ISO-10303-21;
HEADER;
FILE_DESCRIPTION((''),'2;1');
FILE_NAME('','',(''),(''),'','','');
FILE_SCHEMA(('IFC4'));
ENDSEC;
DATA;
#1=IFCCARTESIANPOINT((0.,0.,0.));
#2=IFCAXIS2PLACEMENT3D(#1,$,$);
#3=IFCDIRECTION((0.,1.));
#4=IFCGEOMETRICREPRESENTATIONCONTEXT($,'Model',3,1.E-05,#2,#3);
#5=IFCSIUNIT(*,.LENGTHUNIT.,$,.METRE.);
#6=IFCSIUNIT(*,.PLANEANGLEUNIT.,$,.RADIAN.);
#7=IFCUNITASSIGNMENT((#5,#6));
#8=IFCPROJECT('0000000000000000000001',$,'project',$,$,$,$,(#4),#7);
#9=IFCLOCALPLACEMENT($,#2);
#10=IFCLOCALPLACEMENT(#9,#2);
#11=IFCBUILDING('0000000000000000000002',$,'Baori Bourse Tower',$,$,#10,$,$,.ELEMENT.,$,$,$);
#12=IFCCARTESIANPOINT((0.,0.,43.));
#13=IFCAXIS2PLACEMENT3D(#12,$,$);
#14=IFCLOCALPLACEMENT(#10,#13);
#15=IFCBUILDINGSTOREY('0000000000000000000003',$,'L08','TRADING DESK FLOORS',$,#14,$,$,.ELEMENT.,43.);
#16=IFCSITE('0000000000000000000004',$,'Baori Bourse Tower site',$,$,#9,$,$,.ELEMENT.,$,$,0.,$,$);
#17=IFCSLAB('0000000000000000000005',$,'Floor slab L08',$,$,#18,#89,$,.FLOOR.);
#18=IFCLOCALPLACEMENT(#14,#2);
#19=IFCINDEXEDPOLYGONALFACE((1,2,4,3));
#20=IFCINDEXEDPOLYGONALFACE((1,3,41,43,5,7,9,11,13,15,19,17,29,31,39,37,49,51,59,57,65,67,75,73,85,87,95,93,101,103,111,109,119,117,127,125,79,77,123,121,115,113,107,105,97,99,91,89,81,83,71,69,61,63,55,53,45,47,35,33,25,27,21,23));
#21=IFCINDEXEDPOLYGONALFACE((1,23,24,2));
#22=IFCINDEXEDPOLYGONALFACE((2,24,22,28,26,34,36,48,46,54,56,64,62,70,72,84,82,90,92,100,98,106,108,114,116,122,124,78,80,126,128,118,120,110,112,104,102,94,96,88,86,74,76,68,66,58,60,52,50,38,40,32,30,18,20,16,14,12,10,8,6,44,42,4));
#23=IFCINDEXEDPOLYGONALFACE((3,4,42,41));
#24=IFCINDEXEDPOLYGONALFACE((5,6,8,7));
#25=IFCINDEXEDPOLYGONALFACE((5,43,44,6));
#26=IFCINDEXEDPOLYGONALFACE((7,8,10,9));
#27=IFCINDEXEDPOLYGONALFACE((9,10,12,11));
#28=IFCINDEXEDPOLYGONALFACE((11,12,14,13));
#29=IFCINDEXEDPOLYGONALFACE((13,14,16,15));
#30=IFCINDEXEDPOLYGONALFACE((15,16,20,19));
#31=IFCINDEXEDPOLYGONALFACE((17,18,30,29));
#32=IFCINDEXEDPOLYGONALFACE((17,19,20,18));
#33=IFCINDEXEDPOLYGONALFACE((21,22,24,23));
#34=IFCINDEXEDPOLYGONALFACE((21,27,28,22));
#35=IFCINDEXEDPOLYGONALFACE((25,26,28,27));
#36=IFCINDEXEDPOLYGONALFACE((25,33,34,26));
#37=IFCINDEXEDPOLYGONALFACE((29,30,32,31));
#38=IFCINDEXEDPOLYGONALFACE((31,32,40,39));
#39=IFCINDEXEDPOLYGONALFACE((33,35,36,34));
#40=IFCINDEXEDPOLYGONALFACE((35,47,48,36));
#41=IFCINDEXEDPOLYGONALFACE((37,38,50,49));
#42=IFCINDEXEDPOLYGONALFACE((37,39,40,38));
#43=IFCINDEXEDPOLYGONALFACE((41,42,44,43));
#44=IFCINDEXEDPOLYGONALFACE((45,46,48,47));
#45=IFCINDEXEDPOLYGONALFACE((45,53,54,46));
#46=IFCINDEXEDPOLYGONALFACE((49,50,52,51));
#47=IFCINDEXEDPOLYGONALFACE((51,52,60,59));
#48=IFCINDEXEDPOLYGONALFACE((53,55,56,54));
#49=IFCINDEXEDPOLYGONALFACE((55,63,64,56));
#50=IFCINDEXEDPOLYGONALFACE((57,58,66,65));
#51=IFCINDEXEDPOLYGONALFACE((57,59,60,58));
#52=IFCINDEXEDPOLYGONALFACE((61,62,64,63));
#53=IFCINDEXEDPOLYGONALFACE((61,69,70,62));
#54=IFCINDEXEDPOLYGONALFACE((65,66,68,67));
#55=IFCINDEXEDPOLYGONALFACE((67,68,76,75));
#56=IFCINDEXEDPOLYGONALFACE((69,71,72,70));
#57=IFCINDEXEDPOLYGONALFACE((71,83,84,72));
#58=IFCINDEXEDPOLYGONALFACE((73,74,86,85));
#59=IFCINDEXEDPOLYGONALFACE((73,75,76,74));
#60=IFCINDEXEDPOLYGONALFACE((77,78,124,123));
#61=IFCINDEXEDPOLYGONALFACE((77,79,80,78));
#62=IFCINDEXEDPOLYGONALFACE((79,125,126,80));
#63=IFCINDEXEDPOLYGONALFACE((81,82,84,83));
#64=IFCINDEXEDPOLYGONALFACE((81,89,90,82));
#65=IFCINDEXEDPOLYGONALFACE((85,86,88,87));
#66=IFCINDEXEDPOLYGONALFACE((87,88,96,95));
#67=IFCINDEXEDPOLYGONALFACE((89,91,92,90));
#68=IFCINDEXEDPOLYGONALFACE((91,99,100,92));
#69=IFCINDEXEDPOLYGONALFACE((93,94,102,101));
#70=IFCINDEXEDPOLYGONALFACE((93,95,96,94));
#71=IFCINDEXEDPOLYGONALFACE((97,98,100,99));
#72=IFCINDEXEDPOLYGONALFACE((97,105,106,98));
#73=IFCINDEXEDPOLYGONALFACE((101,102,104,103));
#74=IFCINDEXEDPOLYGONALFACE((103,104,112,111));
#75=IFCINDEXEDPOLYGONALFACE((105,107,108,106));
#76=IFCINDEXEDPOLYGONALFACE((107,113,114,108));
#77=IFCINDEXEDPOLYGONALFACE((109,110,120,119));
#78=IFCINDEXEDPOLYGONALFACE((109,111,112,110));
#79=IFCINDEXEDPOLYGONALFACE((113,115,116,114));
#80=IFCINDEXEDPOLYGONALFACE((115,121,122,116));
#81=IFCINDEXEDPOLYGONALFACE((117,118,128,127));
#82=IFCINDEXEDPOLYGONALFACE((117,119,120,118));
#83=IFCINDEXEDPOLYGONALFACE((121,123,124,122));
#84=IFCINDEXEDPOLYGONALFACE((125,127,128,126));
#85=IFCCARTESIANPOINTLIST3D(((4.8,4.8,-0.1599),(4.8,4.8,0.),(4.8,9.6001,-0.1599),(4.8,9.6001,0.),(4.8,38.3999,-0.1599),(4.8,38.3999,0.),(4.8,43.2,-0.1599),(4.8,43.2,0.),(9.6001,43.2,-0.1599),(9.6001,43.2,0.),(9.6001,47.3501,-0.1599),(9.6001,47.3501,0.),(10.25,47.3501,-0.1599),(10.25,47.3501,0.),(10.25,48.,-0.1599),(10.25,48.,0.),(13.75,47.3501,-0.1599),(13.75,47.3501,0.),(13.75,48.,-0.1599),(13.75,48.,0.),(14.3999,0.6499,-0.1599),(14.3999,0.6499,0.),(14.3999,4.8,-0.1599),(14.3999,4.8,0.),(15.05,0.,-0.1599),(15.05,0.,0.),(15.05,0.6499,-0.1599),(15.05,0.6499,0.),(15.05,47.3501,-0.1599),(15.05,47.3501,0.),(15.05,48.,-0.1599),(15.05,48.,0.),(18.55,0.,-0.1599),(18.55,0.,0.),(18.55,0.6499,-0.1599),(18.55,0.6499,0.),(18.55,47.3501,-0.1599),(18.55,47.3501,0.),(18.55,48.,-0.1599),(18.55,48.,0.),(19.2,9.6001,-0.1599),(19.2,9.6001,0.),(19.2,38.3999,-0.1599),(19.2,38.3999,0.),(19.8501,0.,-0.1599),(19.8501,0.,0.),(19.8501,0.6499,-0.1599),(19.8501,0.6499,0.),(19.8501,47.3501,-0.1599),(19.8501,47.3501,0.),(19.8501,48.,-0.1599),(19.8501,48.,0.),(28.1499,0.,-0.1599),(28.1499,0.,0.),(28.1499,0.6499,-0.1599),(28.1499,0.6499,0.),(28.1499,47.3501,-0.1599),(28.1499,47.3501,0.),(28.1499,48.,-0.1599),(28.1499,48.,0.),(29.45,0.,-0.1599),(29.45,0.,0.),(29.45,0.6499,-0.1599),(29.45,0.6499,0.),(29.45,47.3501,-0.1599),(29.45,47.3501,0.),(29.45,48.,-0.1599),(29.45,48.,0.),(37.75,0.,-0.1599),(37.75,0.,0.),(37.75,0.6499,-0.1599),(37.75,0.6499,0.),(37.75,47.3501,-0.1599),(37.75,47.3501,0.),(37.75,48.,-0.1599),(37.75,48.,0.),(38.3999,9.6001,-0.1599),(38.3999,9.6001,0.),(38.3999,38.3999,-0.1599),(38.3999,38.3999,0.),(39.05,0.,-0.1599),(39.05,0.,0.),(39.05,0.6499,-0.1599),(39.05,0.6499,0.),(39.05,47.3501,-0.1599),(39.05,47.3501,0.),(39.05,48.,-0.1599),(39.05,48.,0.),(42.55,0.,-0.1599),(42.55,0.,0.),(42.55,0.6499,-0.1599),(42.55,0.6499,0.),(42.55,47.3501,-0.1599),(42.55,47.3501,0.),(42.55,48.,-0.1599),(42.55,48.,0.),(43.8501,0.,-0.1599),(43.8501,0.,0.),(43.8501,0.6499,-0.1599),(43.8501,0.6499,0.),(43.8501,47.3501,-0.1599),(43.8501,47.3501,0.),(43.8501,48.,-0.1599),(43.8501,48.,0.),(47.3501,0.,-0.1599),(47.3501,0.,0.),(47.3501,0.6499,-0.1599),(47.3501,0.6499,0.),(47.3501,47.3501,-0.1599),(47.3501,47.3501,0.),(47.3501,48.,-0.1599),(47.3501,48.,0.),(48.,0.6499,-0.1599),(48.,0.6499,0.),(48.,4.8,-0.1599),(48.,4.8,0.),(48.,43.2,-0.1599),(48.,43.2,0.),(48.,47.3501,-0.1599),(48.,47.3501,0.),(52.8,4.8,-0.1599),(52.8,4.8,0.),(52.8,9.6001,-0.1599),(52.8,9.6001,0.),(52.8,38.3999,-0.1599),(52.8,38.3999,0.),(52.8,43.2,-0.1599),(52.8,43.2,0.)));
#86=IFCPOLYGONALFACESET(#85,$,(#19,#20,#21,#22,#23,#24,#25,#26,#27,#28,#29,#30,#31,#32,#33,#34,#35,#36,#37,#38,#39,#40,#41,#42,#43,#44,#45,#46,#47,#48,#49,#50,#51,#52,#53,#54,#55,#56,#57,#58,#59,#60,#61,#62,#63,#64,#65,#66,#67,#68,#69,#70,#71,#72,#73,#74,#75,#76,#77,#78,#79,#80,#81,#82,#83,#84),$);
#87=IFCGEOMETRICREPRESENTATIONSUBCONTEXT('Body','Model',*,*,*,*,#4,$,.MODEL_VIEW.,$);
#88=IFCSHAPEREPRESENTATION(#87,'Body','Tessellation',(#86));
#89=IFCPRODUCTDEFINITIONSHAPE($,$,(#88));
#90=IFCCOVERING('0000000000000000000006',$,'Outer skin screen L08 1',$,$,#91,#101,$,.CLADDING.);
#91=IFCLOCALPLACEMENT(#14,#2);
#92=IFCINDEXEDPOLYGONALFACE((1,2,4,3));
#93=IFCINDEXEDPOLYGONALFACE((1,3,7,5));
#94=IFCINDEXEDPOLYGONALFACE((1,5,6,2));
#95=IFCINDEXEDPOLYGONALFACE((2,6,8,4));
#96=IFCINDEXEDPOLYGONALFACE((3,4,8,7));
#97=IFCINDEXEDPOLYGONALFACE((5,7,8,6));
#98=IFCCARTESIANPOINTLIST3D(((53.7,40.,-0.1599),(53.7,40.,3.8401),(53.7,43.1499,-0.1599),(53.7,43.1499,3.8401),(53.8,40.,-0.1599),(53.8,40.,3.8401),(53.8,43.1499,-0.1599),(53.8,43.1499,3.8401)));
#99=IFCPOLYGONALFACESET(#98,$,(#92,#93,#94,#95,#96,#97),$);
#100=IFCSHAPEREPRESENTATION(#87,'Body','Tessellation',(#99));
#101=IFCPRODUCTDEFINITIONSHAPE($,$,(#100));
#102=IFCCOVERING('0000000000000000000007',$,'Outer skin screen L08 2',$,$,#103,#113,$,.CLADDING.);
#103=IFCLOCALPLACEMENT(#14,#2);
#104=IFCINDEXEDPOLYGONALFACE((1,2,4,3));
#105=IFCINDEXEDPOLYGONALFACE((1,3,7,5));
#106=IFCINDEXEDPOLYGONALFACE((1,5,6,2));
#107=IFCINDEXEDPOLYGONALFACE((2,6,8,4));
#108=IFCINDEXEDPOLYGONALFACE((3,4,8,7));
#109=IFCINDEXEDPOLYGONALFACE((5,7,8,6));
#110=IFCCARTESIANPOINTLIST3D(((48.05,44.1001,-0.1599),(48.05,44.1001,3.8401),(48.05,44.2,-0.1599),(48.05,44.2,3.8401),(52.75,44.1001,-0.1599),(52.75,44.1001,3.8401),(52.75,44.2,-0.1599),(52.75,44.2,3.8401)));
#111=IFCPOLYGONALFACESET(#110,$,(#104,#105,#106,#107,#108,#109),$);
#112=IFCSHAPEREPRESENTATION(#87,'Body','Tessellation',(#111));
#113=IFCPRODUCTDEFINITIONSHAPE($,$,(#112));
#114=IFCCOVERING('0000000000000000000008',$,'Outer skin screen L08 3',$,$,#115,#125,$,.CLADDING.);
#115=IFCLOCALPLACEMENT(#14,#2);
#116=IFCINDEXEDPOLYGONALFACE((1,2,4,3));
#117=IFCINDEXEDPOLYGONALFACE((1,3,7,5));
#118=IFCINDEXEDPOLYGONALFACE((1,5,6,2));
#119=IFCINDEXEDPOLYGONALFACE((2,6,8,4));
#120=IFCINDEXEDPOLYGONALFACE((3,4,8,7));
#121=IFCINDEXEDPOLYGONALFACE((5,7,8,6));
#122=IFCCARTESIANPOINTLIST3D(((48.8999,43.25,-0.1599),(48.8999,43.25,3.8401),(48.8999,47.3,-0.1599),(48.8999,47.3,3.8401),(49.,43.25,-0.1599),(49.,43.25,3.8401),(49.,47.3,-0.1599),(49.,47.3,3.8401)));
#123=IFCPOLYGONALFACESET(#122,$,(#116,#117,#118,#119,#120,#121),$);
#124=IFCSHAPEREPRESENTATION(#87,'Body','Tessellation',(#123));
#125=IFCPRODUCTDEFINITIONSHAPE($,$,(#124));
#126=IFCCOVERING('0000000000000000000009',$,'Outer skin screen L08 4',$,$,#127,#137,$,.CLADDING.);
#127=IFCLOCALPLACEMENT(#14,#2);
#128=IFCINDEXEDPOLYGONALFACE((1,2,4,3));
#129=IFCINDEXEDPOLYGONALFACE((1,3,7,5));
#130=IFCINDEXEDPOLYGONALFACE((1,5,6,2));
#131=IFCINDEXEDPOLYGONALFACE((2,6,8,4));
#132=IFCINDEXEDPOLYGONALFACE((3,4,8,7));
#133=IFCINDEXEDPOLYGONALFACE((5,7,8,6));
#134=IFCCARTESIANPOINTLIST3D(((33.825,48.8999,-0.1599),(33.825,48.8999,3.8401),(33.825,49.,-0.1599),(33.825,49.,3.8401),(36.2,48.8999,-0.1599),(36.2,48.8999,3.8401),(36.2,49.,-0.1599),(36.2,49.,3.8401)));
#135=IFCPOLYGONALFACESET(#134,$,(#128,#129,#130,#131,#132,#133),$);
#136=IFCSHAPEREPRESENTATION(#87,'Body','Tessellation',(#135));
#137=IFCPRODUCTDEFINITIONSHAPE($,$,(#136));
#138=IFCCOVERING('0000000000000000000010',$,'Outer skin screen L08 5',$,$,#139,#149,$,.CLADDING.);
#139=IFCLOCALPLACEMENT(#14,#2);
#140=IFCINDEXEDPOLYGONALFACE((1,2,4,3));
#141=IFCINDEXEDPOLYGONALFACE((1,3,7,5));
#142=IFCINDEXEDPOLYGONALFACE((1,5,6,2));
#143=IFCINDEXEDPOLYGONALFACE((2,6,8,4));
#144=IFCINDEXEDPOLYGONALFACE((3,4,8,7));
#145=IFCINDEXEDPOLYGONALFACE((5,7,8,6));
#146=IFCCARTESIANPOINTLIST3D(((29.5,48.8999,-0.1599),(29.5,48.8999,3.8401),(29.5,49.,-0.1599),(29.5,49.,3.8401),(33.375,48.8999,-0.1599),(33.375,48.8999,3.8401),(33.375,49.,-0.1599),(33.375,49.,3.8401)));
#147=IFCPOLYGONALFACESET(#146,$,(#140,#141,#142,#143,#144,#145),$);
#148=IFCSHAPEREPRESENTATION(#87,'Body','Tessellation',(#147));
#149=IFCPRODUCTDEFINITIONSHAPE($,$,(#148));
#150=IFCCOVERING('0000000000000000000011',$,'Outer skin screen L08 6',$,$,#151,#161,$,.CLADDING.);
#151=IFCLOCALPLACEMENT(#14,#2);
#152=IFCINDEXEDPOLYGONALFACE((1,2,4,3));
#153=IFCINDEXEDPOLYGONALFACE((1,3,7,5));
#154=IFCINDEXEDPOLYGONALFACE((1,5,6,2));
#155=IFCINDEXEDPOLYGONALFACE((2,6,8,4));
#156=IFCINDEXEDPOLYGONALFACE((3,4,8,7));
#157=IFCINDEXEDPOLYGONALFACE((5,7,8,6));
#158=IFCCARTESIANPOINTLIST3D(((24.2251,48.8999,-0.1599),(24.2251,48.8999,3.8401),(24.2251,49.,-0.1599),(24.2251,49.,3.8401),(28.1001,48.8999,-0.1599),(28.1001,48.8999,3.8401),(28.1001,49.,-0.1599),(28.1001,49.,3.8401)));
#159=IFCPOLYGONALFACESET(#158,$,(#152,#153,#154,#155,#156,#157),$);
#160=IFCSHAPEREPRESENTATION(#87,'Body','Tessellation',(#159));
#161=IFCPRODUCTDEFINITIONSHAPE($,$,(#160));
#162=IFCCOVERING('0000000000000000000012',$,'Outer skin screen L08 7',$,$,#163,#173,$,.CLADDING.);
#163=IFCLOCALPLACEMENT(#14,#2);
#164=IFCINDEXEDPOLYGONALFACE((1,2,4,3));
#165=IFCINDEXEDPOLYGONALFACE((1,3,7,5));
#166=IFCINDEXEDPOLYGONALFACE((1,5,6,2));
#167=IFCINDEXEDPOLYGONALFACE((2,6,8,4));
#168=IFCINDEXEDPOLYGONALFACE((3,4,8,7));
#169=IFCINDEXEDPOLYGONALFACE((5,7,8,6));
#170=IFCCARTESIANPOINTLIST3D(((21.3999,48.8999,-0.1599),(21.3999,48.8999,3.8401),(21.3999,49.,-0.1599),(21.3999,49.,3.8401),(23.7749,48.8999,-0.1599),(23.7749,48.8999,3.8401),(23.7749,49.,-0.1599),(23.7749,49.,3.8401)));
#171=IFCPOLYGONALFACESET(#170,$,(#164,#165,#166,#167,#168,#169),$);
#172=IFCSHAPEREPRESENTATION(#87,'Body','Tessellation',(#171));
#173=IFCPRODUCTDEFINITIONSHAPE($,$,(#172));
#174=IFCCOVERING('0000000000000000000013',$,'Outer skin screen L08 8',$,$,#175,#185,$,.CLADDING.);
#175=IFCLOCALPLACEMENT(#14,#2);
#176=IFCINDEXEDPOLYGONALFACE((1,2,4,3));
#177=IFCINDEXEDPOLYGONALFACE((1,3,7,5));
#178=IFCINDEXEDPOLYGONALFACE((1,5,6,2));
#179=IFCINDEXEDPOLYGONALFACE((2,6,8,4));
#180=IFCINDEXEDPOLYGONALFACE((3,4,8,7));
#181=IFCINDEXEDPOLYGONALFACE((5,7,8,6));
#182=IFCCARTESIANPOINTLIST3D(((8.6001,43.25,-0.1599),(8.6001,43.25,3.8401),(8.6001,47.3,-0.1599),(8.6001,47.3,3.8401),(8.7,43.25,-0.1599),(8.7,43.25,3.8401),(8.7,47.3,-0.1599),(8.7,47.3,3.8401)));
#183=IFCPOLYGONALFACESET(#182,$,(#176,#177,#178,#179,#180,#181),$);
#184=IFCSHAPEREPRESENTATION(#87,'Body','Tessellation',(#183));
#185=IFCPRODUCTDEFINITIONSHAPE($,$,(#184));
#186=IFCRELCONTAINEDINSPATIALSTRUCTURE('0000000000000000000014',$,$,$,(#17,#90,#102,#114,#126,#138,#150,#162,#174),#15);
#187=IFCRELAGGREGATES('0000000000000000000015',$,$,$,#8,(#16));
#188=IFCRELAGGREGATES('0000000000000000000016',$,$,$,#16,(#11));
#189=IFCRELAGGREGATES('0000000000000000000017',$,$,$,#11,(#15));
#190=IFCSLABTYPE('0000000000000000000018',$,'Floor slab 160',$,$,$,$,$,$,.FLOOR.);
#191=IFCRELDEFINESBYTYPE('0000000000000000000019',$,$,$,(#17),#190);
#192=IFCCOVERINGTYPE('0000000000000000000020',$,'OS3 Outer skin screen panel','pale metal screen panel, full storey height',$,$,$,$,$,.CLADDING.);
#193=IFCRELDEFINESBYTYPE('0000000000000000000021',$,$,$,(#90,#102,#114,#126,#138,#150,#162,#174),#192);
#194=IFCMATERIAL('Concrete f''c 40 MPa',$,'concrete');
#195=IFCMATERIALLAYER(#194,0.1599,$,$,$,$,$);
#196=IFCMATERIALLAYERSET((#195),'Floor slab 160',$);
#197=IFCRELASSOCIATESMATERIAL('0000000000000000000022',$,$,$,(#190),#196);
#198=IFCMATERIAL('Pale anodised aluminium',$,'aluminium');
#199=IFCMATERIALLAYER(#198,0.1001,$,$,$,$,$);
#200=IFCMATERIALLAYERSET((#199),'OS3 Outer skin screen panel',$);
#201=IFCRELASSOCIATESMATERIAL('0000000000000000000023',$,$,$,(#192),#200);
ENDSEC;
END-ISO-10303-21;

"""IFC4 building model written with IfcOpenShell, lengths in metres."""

from ifc_helpers import new_model, si_unit, direction, frame, origin, place, context, subcontext, project, spatial, polyline, outline, extrude, material, layer, layer_set, type_object, element, save


model = new_model("IFC4")

# Units and contexts
model_context = context("Model", 3, precision=1e-05, world=origin(), true_north=direction((0.0, 1.0)))
body_context = subcontext(model_context, "Body", "Model", "MODEL_VIEW")
ifc_project = project(units=[si_unit("LENGTHUNIT", "METRE"), si_unit("PLANEANGLEUNIT", "RADIAN")], contexts=[model_context])

# Site, building, storey
site_placement = place(None, origin())
site = spatial("IfcSite", under=ifc_project, at=site_placement, Name="Baori Bourse Tower site", CompositionType="ELEMENT", RefElevation=0.0)
building_placement = place(site_placement, origin())
building = spatial("IfcBuilding", under=site, at=building_placement, Name="Baori Bourse Tower", CompositionType="ELEMENT")
storey_placement = place(building_placement, frame((0.0, 0.0, 43.0)))
storey = spatial("IfcBuildingStorey", under=building, at=storey_placement, Name="L08", Description="TRADING DESK FLOORS", CompositionType="ELEMENT", Elevation=43.0)

# Slab
ifc_material_1 = material(Name="Concrete f'c 40 MPa", Category="concrete")
ifc_layer_1 = layer(ifc_material_1, 0.1599)
ifc_layer_set_1 = layer_set([ifc_layer_1], Name="Floor slab 160")
slab_type_1 = type_object("IfcSlabType", Name="Floor slab 160", PredefinedType="FLOOR", material=ifc_layer_set_1)
slab_1_placement = place(storey_placement, frame((0.0, 0.0, -0.1599)))
element("IfcSlab", 1, at=slab_1_placement, inside=storey, type_object=slab_type_1, Name="Floor slab L08", PredefinedType="FLOOR", context=body_context, shape_type="SweptSolid", body=[
    extrude(outline(polyline([(14.3999, 4.8), (4.8, 4.8), (4.8, 9.6001), (19.2, 9.6001), (19.2, 38.3999), (4.8, 38.3999), (4.8, 43.2), (9.6001, 43.2), (9.6001, 47.3501), (10.25, 47.3501), (10.25, 48.0), (13.75, 48.0), (13.75, 47.3501), (15.05, 47.3501), (15.05, 48.0), (18.55, 48.0), (18.55, 47.3501), (19.8501, 47.3501), (19.8501, 48.0), (28.1499, 48.0), (28.1499, 47.3501), (29.45, 47.3501), (29.45, 48.0), (37.75, 48.0), (37.75, 47.3501), (39.05, 47.3501), (39.05, 48.0), (42.55, 48.0), (42.55, 47.3501), (43.8501, 47.3501), (43.8501, 48.0), (47.3501, 48.0), (47.3501, 47.3501), (48.0, 47.3501), (48.0, 43.2), (52.8, 43.2), (52.8, 38.3999), (38.3999, 38.3999), (38.3999, 9.6001), (52.8, 9.6001), (52.8, 4.8), (48.0, 4.8), (48.0, 0.6499), (47.3501, 0.6499), (47.3501, 0.0), (43.8501, 0.0), (43.8501, 0.6499), (42.55, 0.6499), (42.55, 0.0), (39.05, 0.0), (39.05, 0.6499), (37.75, 0.6499), (37.75, 0.0), (29.45, 0.0), (29.45, 0.6499), (28.1499, 0.6499), (28.1499, 0.0), (19.8501, 0.0), (19.8501, 0.6499), (18.55, 0.6499), (18.55, 0.0), (15.05, 0.0), (15.05, 0.6499), (14.3999, 0.6499), (14.3999, 4.8)])), origin(), (0.0, 0.0, 1.0), 0.1599),
])

# Coverings
ifc_material_2 = material(Name="Pale anodised aluminium", Category="aluminium")
ifc_layer_2 = layer(ifc_material_2, 0.1001)
ifc_layer_set_2 = layer_set([ifc_layer_2], Name="OS3 Outer skin screen panel")
covering_type = type_object("IfcCoveringType", Name="OS3 Outer skin screen panel", Description="pale metal screen panel, full storey height", PredefinedType="CLADDING", material=ifc_layer_set_2)
covering_1_placement = place(storey_placement, frame((0.0, 0.0, -0.1599)))
element("IfcCovering", 2, at=covering_1_placement, inside=storey, type_object=covering_type, Name="Outer skin screen L08 1", PredefinedType="CLADDING", context=body_context, shape_type="SweptSolid", body=[
    extrude(outline(polyline([(53.7, 43.1499), (53.7, 40.0), (53.8, 40.0), (53.8, 43.1499), (53.7, 43.1499)])), origin(), (0.0, 0.0, 1.0), 4.0),
])
covering_2_placement = place(storey_placement, frame((0.0, 0.0, -0.1599)))
element("IfcCovering", 3, at=covering_2_placement, inside=storey, type_object=covering_type, Name="Outer skin screen L08 2", PredefinedType="CLADDING", context=body_context, shape_type="SweptSolid", body=[
    extrude(outline(polyline([(48.05, 44.1001), (52.75, 44.1001), (52.75, 44.2), (48.05, 44.2), (48.05, 44.1001)])), origin(), (0.0, 0.0, 1.0), 4.0),
])
covering_3_placement = place(storey_placement, frame((0.0, 0.0, -0.1599)))
element("IfcCovering", 4, at=covering_3_placement, inside=storey, type_object=covering_type, Name="Outer skin screen L08 3", PredefinedType="CLADDING", context=body_context, shape_type="SweptSolid", body=[
    extrude(outline(polyline([(48.8999, 47.3), (48.8999, 43.25), (49.0, 43.25), (49.0, 47.3), (48.8999, 47.3)])), origin(), (0.0, 0.0, 1.0), 4.0),
])
covering_4_placement = place(storey_placement, frame((0.0, 0.0, -0.1599)))
element("IfcCovering", 5, at=covering_4_placement, inside=storey, type_object=covering_type, Name="Outer skin screen L08 4", PredefinedType="CLADDING", context=body_context, shape_type="SweptSolid", body=[
    extrude(outline(polyline([(33.825, 48.8999), (36.2, 48.8999), (36.2, 49.0), (33.825, 49.0), (33.825, 48.8999)])), origin(), (0.0, 0.0, 1.0), 4.0),
])
covering_5_placement = place(storey_placement, frame((0.0, 0.0, -0.1599)))
element("IfcCovering", 6, at=covering_5_placement, inside=storey, type_object=covering_type, Name="Outer skin screen L08 5", PredefinedType="CLADDING", context=body_context, shape_type="SweptSolid", body=[
    extrude(outline(polyline([(29.5, 48.8999), (33.375, 48.8999), (33.375, 49.0), (29.5, 49.0), (29.5, 48.8999)])), origin(), (0.0, 0.0, 1.0), 4.0),
])
covering_6_placement = place(storey_placement, frame((0.0, 0.0, -0.1599)))
element("IfcCovering", 7, at=covering_6_placement, inside=storey, type_object=covering_type, Name="Outer skin screen L08 6", PredefinedType="CLADDING", context=body_context, shape_type="SweptSolid", body=[
    extrude(outline(polyline([(24.2251, 48.8999), (28.1001, 48.8999), (28.1001, 49.0), (24.2251, 49.0), (24.2251, 48.8999)])), origin(), (0.0, 0.0, 1.0), 4.0),
])
covering_7_placement = place(storey_placement, frame((0.0, 0.0, -0.1599)))
element("IfcCovering", 8, at=covering_7_placement, inside=storey, type_object=covering_type, Name="Outer skin screen L08 7", PredefinedType="CLADDING", context=body_context, shape_type="SweptSolid", body=[
    extrude(outline(polyline([(21.3999, 48.8999), (23.7749, 48.8999), (23.7749, 49.0), (21.3999, 49.0), (21.3999, 48.8999)])), origin(), (0.0, 0.0, 1.0), 4.0),
])
covering_8_placement = place(storey_placement, frame((0.0, 0.0, -0.1599)))
element("IfcCovering", 9, at=covering_8_placement, inside=storey, type_object=covering_type, Name="Outer skin screen L08 8", PredefinedType="CLADDING", context=body_context, shape_type="SweptSolid", body=[
    extrude(outline(polyline([(8.7, 43.25), (8.7, 47.3), (8.6001, 47.3), (8.6001, 43.25), (8.7, 43.25)])), origin(), (0.0, 0.0, 1.0), 4.0),
])

save(model, "model.ifc")
